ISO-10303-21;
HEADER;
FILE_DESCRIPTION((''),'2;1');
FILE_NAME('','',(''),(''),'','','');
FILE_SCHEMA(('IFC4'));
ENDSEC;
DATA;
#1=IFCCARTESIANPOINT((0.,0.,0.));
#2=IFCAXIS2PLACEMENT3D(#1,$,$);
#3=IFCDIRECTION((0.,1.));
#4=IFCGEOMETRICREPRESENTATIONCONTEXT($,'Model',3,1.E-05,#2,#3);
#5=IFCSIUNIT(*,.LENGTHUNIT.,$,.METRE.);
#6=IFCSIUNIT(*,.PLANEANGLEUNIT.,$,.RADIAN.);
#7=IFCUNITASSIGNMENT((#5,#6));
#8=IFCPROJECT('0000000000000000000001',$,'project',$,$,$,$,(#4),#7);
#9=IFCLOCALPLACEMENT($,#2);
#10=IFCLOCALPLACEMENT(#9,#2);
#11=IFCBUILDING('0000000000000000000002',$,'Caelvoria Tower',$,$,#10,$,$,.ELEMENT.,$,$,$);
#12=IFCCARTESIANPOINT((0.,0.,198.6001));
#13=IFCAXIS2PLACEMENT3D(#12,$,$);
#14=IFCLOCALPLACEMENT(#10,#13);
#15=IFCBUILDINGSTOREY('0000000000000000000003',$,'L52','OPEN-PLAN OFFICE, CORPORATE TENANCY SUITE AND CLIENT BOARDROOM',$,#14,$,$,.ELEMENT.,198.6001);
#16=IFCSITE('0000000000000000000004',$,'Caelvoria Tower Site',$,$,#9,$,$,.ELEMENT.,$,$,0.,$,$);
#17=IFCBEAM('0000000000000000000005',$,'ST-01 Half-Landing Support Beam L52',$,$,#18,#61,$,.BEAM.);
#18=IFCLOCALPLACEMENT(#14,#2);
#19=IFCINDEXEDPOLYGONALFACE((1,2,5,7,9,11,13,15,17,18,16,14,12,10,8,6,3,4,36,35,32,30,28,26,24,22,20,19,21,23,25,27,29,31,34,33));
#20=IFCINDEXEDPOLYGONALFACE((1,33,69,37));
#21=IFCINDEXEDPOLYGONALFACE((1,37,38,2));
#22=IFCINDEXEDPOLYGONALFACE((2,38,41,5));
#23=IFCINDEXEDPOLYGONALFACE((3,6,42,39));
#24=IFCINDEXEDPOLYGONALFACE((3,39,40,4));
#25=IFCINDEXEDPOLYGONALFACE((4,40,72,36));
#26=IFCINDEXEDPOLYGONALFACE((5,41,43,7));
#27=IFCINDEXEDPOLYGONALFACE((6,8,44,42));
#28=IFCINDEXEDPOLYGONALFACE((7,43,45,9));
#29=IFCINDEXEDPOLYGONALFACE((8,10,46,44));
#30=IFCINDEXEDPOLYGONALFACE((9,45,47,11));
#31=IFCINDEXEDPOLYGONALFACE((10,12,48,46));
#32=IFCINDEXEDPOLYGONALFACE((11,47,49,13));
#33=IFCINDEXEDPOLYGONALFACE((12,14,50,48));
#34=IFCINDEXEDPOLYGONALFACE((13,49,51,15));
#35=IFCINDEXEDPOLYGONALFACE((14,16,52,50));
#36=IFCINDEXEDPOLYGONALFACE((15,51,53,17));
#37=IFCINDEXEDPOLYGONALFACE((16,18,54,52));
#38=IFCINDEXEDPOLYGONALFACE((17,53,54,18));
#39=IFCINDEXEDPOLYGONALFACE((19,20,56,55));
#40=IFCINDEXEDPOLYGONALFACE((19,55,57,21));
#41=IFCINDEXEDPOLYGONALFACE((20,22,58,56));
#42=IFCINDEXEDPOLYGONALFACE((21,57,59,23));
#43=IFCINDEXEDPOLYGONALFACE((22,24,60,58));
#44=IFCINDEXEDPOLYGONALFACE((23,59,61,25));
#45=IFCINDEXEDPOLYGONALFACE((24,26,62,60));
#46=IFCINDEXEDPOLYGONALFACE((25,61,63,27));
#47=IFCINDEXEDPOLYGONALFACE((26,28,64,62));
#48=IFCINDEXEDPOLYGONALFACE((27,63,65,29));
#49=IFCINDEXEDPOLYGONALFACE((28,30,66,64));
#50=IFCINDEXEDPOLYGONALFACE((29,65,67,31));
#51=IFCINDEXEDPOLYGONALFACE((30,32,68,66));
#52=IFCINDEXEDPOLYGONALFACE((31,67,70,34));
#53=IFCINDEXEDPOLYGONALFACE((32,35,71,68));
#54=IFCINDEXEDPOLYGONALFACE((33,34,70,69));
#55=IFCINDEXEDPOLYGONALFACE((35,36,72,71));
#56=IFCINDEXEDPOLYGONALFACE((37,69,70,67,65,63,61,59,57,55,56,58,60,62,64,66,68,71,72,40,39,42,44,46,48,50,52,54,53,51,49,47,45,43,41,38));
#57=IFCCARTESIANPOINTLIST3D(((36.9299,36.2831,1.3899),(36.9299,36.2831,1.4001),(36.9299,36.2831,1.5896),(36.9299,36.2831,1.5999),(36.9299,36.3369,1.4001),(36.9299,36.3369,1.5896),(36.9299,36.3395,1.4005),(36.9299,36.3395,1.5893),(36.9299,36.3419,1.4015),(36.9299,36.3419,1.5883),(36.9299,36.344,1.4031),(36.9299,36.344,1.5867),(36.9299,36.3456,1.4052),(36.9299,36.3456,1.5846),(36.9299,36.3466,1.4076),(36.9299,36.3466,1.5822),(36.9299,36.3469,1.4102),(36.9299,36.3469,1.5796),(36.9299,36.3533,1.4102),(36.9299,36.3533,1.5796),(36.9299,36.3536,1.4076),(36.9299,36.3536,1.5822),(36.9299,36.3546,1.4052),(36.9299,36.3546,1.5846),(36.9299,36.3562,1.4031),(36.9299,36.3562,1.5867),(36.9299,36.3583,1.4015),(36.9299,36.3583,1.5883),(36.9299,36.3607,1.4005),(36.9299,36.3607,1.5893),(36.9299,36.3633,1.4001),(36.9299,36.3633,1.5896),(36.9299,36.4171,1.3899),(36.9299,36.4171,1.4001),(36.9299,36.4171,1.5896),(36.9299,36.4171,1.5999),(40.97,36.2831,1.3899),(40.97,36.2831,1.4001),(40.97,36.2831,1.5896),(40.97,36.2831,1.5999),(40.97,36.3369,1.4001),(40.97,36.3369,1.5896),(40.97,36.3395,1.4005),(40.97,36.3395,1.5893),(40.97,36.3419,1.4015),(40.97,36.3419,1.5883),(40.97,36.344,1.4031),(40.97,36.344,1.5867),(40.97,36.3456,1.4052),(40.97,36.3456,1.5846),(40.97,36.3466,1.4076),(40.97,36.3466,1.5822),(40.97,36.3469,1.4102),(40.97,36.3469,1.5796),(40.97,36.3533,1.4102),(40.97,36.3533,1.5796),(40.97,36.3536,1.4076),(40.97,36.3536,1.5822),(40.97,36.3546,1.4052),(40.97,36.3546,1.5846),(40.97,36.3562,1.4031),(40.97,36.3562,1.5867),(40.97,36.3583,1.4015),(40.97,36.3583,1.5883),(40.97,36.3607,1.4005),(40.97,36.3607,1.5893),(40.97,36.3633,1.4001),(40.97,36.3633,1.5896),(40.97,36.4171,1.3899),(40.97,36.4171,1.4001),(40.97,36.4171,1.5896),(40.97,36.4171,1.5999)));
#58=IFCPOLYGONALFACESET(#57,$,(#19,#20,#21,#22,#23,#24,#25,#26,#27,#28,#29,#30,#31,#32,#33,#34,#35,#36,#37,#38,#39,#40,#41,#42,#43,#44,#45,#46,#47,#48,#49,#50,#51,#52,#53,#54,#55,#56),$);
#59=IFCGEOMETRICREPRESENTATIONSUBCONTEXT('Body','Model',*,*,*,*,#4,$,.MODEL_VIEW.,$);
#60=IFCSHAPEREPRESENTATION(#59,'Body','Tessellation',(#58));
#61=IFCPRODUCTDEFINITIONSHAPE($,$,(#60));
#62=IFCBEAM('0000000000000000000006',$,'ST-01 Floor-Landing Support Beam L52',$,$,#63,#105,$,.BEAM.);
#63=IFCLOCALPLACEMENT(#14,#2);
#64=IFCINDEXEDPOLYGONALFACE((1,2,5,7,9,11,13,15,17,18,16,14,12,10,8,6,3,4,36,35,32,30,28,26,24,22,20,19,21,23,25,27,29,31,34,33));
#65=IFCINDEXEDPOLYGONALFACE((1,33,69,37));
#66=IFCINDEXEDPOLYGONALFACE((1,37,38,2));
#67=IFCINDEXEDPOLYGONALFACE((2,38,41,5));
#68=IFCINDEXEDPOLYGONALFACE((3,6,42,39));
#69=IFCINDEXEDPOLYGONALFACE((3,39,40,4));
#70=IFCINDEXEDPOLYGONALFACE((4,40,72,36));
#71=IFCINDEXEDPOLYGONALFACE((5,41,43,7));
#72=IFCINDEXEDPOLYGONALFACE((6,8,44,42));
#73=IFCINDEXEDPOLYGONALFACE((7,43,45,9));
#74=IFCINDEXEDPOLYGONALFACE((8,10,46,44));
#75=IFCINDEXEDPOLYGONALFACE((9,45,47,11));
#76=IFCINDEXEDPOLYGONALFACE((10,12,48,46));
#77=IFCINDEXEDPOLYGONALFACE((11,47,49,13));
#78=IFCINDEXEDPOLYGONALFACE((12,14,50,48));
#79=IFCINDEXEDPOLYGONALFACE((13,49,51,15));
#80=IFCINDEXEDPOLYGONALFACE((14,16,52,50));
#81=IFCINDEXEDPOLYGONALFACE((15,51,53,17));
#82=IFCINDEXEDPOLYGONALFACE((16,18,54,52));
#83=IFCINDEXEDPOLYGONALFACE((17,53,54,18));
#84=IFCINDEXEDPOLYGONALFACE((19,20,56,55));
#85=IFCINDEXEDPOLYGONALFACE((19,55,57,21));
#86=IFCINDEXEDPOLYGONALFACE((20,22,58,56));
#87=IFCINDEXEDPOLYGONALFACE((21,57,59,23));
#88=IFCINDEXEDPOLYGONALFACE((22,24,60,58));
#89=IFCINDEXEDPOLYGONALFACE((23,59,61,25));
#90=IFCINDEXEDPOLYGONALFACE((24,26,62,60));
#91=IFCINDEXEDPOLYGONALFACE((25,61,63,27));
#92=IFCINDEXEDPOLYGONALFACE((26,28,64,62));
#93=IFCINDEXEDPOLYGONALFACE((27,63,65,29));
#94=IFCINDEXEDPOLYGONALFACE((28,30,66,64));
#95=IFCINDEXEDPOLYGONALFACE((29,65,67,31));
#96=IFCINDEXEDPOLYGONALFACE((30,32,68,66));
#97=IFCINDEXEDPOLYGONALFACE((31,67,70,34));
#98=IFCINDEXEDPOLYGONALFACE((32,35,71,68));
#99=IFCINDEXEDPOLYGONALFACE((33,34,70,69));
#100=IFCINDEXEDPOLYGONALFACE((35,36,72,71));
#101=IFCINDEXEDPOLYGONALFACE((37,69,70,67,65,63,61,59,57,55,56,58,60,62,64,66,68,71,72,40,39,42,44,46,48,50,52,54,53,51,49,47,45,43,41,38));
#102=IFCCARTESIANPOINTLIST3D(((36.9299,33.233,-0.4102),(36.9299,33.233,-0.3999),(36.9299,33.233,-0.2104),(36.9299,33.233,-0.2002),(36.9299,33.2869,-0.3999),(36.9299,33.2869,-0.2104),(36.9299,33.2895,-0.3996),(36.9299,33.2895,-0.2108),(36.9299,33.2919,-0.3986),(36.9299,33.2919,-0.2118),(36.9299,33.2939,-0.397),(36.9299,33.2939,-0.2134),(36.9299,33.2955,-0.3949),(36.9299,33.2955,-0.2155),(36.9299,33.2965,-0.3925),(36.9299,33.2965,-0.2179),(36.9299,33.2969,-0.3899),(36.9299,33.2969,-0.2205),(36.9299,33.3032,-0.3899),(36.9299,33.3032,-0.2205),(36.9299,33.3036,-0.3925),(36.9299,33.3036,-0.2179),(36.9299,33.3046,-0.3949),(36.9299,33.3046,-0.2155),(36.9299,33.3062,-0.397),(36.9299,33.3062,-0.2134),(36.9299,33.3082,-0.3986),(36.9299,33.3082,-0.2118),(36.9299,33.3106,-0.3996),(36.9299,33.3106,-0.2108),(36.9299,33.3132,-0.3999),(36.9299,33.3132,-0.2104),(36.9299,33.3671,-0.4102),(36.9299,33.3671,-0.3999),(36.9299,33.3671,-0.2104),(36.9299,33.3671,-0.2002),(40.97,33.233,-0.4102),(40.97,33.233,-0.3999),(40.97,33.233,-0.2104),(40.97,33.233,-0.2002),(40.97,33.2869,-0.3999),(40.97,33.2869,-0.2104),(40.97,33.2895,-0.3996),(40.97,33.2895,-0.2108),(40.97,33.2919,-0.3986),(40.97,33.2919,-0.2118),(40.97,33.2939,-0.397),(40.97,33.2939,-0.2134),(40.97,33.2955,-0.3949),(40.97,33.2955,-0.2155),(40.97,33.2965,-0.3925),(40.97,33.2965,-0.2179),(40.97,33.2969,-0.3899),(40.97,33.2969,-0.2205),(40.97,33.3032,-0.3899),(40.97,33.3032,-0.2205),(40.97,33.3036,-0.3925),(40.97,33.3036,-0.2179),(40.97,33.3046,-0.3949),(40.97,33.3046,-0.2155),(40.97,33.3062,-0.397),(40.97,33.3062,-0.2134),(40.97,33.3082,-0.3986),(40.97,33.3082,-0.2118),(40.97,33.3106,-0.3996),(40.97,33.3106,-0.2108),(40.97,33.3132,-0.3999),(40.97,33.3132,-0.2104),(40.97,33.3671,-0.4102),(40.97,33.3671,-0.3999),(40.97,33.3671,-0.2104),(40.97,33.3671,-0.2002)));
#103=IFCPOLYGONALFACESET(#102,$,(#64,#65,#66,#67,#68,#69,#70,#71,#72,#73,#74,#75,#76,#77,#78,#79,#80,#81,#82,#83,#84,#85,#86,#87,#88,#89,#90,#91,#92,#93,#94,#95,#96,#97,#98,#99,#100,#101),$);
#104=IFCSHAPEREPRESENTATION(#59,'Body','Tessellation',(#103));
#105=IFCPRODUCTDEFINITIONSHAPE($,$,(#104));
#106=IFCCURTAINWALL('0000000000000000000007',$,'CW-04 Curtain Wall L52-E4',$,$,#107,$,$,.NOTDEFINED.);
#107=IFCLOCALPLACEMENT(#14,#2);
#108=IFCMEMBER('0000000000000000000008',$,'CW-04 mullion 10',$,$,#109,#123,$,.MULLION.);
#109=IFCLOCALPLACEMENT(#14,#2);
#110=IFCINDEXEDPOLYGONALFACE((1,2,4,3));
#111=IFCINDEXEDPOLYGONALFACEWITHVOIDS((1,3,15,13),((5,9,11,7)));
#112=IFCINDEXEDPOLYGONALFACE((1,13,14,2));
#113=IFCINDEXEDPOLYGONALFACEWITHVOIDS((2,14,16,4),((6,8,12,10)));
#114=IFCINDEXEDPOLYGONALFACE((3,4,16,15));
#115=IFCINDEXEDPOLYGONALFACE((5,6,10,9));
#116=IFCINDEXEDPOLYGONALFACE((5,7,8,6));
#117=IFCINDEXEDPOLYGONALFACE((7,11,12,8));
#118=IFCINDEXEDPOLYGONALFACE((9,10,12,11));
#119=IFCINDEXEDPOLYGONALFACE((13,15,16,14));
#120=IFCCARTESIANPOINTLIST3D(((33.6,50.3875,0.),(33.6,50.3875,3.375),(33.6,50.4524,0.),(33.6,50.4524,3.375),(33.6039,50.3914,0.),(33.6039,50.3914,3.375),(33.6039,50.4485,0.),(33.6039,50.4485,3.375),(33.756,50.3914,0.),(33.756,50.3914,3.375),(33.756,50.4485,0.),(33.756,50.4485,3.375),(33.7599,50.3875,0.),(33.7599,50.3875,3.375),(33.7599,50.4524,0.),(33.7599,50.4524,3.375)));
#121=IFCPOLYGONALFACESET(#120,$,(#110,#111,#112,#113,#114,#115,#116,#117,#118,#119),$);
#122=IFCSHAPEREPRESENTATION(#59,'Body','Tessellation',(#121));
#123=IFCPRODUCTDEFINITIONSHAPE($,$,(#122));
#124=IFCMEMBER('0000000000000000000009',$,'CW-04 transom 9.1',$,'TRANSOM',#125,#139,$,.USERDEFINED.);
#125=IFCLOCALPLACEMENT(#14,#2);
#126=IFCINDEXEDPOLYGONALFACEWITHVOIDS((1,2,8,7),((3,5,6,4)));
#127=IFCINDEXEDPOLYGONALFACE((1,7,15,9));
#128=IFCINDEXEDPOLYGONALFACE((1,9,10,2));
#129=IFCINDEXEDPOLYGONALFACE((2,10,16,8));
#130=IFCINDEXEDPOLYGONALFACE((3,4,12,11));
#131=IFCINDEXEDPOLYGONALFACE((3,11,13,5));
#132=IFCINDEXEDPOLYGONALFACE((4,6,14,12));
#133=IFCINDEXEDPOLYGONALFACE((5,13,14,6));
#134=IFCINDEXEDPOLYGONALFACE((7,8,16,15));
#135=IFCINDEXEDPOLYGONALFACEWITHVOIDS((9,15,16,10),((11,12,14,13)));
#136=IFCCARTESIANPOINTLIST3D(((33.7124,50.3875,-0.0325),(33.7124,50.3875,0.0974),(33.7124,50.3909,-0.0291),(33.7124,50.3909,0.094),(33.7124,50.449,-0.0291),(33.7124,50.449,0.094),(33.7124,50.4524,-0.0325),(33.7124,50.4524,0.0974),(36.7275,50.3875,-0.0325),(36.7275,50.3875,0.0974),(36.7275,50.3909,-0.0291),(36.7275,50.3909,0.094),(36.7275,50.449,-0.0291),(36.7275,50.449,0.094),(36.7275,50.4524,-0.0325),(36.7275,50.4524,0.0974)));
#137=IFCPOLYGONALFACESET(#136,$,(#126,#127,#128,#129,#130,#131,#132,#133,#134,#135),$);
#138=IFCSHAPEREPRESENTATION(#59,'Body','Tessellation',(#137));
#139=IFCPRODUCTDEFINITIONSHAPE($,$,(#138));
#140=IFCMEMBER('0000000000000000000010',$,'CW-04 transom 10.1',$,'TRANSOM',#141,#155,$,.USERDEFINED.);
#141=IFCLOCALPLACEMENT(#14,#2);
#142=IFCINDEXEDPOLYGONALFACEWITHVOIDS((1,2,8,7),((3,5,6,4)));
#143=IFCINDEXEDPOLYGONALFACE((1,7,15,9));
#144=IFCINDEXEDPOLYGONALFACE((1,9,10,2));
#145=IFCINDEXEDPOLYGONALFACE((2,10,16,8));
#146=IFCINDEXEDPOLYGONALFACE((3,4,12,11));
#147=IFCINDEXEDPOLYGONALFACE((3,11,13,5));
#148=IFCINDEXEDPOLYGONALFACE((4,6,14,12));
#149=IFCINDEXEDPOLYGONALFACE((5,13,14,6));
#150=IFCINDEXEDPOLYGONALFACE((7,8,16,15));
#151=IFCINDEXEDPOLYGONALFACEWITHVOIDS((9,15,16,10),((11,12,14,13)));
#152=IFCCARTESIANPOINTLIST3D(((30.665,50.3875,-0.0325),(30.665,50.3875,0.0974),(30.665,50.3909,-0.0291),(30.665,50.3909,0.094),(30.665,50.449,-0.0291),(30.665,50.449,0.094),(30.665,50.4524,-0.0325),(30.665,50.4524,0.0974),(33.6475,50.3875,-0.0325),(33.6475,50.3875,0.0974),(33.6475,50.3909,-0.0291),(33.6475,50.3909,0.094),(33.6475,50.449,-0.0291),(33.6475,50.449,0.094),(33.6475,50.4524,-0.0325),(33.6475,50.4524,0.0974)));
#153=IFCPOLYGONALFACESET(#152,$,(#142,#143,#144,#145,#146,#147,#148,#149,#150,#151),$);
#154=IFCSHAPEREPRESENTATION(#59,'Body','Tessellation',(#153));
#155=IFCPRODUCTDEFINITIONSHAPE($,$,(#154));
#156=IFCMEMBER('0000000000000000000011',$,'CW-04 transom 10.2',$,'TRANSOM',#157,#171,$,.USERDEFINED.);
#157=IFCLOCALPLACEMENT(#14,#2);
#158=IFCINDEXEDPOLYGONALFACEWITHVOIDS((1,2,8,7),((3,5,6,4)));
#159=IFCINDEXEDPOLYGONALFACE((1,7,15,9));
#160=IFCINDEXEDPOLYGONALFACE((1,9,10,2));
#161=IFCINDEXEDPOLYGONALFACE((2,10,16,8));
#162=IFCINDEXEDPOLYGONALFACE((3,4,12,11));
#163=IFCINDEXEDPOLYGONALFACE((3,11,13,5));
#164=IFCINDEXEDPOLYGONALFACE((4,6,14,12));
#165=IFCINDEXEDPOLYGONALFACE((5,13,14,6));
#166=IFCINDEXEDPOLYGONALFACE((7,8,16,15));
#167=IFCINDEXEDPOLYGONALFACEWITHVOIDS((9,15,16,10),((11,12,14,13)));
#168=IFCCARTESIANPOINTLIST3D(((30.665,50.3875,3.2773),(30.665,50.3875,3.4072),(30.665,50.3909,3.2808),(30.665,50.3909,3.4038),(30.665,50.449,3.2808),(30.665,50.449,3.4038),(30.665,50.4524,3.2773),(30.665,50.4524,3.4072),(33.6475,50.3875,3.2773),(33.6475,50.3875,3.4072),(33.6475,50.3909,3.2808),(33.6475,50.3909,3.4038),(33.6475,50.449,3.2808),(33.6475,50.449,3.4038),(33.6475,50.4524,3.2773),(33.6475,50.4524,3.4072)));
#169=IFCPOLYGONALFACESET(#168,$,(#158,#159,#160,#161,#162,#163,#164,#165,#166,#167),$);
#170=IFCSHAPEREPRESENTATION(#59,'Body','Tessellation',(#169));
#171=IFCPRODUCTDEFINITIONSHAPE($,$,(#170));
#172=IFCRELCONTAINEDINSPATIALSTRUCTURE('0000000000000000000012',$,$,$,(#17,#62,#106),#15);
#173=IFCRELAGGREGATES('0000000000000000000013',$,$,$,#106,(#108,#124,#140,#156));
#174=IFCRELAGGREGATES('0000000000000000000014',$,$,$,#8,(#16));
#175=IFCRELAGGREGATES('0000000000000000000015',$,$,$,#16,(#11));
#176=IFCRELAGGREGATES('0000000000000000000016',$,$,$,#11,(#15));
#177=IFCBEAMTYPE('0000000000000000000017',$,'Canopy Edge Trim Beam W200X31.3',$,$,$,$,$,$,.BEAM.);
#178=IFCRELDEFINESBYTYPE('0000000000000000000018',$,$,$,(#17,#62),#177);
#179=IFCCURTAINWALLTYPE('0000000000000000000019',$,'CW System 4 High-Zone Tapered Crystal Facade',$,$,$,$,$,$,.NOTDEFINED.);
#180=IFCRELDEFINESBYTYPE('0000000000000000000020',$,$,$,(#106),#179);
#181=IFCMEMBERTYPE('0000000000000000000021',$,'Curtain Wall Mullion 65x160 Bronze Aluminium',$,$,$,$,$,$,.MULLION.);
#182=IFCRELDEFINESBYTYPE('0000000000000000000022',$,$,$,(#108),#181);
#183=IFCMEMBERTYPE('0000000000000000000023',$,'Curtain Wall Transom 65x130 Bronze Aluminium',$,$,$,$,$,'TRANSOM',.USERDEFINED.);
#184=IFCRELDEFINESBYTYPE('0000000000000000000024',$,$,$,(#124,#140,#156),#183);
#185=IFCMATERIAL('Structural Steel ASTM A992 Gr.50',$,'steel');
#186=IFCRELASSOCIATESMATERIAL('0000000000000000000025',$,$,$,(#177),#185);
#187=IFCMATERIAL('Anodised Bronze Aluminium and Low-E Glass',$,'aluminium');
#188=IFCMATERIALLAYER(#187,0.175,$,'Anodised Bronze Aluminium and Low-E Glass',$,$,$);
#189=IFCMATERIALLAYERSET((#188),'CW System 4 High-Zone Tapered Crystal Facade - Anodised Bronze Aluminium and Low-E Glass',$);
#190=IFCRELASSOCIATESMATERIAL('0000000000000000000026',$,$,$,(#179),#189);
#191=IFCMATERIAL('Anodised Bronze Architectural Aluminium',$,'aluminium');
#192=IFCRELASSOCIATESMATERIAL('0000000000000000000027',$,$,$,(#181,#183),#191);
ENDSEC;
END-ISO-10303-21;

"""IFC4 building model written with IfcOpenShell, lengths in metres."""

from ifc_helpers import new_model, si_unit, direction, frame, origin, origin_2d, place, context, subcontext, project, spatial, hollow_rectangle, i_section, extrude, material, layer, layer_set, material_profile, profile_set, type_object, element, aggregate, save


model = new_model("IFC4")

# Units and contexts
model_context = context("Model", 3, precision=1e-05, world=origin(), true_north=direction((0.0, 1.0)))
body_context = subcontext(model_context, "Body", "Model", "MODEL_VIEW")
ifc_project = project(units=[si_unit("LENGTHUNIT", "METRE"), si_unit("PLANEANGLEUNIT", "RADIAN")], contexts=[model_context])

# Site, building, storey
site_placement = place(None, origin())
site = spatial("IfcSite", under=ifc_project, at=site_placement, Name="Caelvoria Tower Site", CompositionType="ELEMENT", RefElevation=0.0)
building_placement = place(site_placement, origin())
building = spatial("IfcBuilding", under=site, at=building_placement, Name="Caelvoria Tower", CompositionType="ELEMENT")
storey_placement = place(building_placement, frame((0.0, 0.0, 198.6001)))
storey = spatial("IfcBuildingStorey", under=building, at=storey_placement, Name="L52", Description="OPEN-PLAN OFFICE, CORPORATE TENANCY SUITE AND CLIENT BOARDROOM", CompositionType="ELEMENT", Elevation=198.6001)

# Beams
ifc_material_1 = material(Name="Structural Steel ASTM A992 Gr.50", Category="steel")
ifc_material_profile_1 = material_profile(ifc_material_1, i_section(OverallWidth=0.134, OverallDepth=0.21, WebThickness=0.0063, FlangeThickness=0.0103, FilletRadius=0.01, at=origin_2d()), Name="Structural Steel ASTM A992 Gr.50")
ifc_profile_set_1 = profile_set([ifc_material_profile_1], Name="W200X31.3 - Structural Steel ASTM A992 Gr.50")
beam_type_1 = type_object("IfcBeamType", Name="Canopy Edge Trim Beam W200X31.3", PredefinedType="BEAM", material=ifc_profile_set_1)
for number, where, z_axis, x_axis, name in (
    (1, (36.9299, 36.3501, 1.4949), (1.0, 0.0, 0.0), (0.0, 1.0, 0.0), "ST-01 Half-Landing Support Beam L52"),
    (2, (36.9299, 33.3, -0.3052), (1.0, 0.0, 0.0), (0.0, 1.0, 0.0), "ST-01 Floor-Landing Support Beam L52"),
):
    element("IfcBeam", number, at=place(storey_placement, frame(where, z_axis=z_axis, x_axis=x_axis)), inside=storey, type_object=beam_type_1, Name=name, PredefinedType="BEAM", context=body_context, shape_type="SweptSolid", body=[
        extrude(i_section(OverallWidth=0.134, OverallDepth=0.21, WebThickness=0.0063, FlangeThickness=0.0103, FilletRadius=0.01, at=origin_2d()), origin(), (0.0, 0.0, 1.0), 4.04),
    ])

# Curtain wall, members
ifc_material_2 = material(Name="Anodised Bronze Aluminium and Low-E Glass", Category="aluminium")
ifc_layer_1 = layer(ifc_material_2, 0.175, Name="Anodised Bronze Aluminium and Low-E Glass")
ifc_layer_set_1 = layer_set([ifc_layer_1], Name="CW System 4 High-Zone Tapered Crystal Facade - Anodised Bronze Aluminium and Low-E Glass")
curtain_wall_type = type_object("IfcCurtainWallType", Name="CW System 4 High-Zone Tapered Crystal Facade", PredefinedType="NOTDEFINED", material=ifc_layer_set_1)
curtain_wall_placement = place(storey_placement, origin())
curtain_wall = element("IfcCurtainWall", 3, at=curtain_wall_placement, inside=storey, type_object=curtain_wall_type, Name="CW-04 Curtain Wall L52-E4", PredefinedType="NOTDEFINED")
ifc_material_3 = material(Name="Anodised Bronze Architectural Aluminium", Category="aluminium")
ifc_material_profile_2 = material_profile(ifc_material_3, hollow_rectangle(XDim=0.0649, YDim=0.1599, WallThickness=0.0039, at=origin_2d()), Name="Anodised Bronze Architectural Aluminium")
ifc_profile_set_2 = profile_set([ifc_material_profile_2], Name="CW_MULL_65X160 - Anodised Bronze Architectural Aluminium")
member_type_1 = type_object("IfcMemberType", Name="Curtain Wall Mullion 65x160 Bronze Aluminium", PredefinedType="MULLION", material=ifc_profile_set_2)
member_1_placement = place(storey_placement, frame((33.6799, 50.4199, 0.0), z_axis=(0.0, 0.0, 1.0), x_axis=(0.0, -1.0, 0.0)))
member_1 = element("IfcMember", 4, at=member_1_placement, type_object=member_type_1, Name="CW-04 mullion 10", PredefinedType="MULLION", context=body_context, shape_type="SweptSolid", body=[
    extrude(hollow_rectangle(XDim=0.0649, YDim=0.1599, WallThickness=0.0039, at=origin_2d()), origin(), (0.0, 0.0, 1.0), 3.375),
])
ifc_material_profile_3 = material_profile(ifc_material_3, hollow_rectangle(XDim=0.0649, YDim=0.1299, WallThickness=0.0034, at=origin_2d()), Name="Anodised Bronze Architectural Aluminium")
ifc_profile_set_3 = profile_set([ifc_material_profile_3], Name="CW_TRAN_65X130 - Anodised Bronze Architectural Aluminium")
member_type_2 = type_object("IfcMemberType", Name="Curtain Wall Transom 65x130 Bronze Aluminium", ElementType="TRANSOM", PredefinedType="USERDEFINED", material=ifc_profile_set_3)
member_2_placement = place(storey_placement, frame((36.7275, 50.4199, 0.0325), z_axis=(-1.0, 0.0, 0.0), x_axis=(0.0, -1.0, 0.0)))
member_2 = element("IfcMember", 5, at=member_2_placement, type_object=member_type_2, Name="CW-04 transom 9.1", ObjectType="TRANSOM", PredefinedType="USERDEFINED", context=body_context, shape_type="SweptSolid", body=[
    extrude(hollow_rectangle(XDim=0.0649, YDim=0.1299, WallThickness=0.0034, at=origin_2d()), origin(), (0.0, 0.0, 1.0), 3.0151),
])
member_3_placement = place(storey_placement, frame((33.6475, 50.4199, 0.0325), z_axis=(-1.0, 0.0, 0.0), x_axis=(0.0, -1.0, 0.0)))
member_3 = element("IfcMember", 6, at=member_3_placement, type_object=member_type_2, Name="CW-04 transom 10.1", ObjectType="TRANSOM", PredefinedType="USERDEFINED", context=body_context, shape_type="SweptSolid", body=[
    extrude(hollow_rectangle(XDim=0.0649, YDim=0.1299, WallThickness=0.0034, at=origin_2d()), origin(), (0.0, 0.0, 1.0), 2.9824),
])
member_4_placement = place(storey_placement, frame((33.6475, 50.4199, 3.3423), z_axis=(-1.0, 0.0, 0.0), x_axis=(0.0, -1.0, 0.0)))
member_4 = element("IfcMember", 7, at=member_4_placement, type_object=member_type_2, Name="CW-04 transom 10.2", ObjectType="TRANSOM", PredefinedType="USERDEFINED", context=body_context, shape_type="SweptSolid", body=[
    extrude(hollow_rectangle(XDim=0.0649, YDim=0.1299, WallThickness=0.0034, at=origin_2d()), origin(), (0.0, 0.0, 1.0), 2.9824),
])

aggregate(curtain_wall, [member_1, member_2, member_3, member_4])

save(model, "model.ifc")
